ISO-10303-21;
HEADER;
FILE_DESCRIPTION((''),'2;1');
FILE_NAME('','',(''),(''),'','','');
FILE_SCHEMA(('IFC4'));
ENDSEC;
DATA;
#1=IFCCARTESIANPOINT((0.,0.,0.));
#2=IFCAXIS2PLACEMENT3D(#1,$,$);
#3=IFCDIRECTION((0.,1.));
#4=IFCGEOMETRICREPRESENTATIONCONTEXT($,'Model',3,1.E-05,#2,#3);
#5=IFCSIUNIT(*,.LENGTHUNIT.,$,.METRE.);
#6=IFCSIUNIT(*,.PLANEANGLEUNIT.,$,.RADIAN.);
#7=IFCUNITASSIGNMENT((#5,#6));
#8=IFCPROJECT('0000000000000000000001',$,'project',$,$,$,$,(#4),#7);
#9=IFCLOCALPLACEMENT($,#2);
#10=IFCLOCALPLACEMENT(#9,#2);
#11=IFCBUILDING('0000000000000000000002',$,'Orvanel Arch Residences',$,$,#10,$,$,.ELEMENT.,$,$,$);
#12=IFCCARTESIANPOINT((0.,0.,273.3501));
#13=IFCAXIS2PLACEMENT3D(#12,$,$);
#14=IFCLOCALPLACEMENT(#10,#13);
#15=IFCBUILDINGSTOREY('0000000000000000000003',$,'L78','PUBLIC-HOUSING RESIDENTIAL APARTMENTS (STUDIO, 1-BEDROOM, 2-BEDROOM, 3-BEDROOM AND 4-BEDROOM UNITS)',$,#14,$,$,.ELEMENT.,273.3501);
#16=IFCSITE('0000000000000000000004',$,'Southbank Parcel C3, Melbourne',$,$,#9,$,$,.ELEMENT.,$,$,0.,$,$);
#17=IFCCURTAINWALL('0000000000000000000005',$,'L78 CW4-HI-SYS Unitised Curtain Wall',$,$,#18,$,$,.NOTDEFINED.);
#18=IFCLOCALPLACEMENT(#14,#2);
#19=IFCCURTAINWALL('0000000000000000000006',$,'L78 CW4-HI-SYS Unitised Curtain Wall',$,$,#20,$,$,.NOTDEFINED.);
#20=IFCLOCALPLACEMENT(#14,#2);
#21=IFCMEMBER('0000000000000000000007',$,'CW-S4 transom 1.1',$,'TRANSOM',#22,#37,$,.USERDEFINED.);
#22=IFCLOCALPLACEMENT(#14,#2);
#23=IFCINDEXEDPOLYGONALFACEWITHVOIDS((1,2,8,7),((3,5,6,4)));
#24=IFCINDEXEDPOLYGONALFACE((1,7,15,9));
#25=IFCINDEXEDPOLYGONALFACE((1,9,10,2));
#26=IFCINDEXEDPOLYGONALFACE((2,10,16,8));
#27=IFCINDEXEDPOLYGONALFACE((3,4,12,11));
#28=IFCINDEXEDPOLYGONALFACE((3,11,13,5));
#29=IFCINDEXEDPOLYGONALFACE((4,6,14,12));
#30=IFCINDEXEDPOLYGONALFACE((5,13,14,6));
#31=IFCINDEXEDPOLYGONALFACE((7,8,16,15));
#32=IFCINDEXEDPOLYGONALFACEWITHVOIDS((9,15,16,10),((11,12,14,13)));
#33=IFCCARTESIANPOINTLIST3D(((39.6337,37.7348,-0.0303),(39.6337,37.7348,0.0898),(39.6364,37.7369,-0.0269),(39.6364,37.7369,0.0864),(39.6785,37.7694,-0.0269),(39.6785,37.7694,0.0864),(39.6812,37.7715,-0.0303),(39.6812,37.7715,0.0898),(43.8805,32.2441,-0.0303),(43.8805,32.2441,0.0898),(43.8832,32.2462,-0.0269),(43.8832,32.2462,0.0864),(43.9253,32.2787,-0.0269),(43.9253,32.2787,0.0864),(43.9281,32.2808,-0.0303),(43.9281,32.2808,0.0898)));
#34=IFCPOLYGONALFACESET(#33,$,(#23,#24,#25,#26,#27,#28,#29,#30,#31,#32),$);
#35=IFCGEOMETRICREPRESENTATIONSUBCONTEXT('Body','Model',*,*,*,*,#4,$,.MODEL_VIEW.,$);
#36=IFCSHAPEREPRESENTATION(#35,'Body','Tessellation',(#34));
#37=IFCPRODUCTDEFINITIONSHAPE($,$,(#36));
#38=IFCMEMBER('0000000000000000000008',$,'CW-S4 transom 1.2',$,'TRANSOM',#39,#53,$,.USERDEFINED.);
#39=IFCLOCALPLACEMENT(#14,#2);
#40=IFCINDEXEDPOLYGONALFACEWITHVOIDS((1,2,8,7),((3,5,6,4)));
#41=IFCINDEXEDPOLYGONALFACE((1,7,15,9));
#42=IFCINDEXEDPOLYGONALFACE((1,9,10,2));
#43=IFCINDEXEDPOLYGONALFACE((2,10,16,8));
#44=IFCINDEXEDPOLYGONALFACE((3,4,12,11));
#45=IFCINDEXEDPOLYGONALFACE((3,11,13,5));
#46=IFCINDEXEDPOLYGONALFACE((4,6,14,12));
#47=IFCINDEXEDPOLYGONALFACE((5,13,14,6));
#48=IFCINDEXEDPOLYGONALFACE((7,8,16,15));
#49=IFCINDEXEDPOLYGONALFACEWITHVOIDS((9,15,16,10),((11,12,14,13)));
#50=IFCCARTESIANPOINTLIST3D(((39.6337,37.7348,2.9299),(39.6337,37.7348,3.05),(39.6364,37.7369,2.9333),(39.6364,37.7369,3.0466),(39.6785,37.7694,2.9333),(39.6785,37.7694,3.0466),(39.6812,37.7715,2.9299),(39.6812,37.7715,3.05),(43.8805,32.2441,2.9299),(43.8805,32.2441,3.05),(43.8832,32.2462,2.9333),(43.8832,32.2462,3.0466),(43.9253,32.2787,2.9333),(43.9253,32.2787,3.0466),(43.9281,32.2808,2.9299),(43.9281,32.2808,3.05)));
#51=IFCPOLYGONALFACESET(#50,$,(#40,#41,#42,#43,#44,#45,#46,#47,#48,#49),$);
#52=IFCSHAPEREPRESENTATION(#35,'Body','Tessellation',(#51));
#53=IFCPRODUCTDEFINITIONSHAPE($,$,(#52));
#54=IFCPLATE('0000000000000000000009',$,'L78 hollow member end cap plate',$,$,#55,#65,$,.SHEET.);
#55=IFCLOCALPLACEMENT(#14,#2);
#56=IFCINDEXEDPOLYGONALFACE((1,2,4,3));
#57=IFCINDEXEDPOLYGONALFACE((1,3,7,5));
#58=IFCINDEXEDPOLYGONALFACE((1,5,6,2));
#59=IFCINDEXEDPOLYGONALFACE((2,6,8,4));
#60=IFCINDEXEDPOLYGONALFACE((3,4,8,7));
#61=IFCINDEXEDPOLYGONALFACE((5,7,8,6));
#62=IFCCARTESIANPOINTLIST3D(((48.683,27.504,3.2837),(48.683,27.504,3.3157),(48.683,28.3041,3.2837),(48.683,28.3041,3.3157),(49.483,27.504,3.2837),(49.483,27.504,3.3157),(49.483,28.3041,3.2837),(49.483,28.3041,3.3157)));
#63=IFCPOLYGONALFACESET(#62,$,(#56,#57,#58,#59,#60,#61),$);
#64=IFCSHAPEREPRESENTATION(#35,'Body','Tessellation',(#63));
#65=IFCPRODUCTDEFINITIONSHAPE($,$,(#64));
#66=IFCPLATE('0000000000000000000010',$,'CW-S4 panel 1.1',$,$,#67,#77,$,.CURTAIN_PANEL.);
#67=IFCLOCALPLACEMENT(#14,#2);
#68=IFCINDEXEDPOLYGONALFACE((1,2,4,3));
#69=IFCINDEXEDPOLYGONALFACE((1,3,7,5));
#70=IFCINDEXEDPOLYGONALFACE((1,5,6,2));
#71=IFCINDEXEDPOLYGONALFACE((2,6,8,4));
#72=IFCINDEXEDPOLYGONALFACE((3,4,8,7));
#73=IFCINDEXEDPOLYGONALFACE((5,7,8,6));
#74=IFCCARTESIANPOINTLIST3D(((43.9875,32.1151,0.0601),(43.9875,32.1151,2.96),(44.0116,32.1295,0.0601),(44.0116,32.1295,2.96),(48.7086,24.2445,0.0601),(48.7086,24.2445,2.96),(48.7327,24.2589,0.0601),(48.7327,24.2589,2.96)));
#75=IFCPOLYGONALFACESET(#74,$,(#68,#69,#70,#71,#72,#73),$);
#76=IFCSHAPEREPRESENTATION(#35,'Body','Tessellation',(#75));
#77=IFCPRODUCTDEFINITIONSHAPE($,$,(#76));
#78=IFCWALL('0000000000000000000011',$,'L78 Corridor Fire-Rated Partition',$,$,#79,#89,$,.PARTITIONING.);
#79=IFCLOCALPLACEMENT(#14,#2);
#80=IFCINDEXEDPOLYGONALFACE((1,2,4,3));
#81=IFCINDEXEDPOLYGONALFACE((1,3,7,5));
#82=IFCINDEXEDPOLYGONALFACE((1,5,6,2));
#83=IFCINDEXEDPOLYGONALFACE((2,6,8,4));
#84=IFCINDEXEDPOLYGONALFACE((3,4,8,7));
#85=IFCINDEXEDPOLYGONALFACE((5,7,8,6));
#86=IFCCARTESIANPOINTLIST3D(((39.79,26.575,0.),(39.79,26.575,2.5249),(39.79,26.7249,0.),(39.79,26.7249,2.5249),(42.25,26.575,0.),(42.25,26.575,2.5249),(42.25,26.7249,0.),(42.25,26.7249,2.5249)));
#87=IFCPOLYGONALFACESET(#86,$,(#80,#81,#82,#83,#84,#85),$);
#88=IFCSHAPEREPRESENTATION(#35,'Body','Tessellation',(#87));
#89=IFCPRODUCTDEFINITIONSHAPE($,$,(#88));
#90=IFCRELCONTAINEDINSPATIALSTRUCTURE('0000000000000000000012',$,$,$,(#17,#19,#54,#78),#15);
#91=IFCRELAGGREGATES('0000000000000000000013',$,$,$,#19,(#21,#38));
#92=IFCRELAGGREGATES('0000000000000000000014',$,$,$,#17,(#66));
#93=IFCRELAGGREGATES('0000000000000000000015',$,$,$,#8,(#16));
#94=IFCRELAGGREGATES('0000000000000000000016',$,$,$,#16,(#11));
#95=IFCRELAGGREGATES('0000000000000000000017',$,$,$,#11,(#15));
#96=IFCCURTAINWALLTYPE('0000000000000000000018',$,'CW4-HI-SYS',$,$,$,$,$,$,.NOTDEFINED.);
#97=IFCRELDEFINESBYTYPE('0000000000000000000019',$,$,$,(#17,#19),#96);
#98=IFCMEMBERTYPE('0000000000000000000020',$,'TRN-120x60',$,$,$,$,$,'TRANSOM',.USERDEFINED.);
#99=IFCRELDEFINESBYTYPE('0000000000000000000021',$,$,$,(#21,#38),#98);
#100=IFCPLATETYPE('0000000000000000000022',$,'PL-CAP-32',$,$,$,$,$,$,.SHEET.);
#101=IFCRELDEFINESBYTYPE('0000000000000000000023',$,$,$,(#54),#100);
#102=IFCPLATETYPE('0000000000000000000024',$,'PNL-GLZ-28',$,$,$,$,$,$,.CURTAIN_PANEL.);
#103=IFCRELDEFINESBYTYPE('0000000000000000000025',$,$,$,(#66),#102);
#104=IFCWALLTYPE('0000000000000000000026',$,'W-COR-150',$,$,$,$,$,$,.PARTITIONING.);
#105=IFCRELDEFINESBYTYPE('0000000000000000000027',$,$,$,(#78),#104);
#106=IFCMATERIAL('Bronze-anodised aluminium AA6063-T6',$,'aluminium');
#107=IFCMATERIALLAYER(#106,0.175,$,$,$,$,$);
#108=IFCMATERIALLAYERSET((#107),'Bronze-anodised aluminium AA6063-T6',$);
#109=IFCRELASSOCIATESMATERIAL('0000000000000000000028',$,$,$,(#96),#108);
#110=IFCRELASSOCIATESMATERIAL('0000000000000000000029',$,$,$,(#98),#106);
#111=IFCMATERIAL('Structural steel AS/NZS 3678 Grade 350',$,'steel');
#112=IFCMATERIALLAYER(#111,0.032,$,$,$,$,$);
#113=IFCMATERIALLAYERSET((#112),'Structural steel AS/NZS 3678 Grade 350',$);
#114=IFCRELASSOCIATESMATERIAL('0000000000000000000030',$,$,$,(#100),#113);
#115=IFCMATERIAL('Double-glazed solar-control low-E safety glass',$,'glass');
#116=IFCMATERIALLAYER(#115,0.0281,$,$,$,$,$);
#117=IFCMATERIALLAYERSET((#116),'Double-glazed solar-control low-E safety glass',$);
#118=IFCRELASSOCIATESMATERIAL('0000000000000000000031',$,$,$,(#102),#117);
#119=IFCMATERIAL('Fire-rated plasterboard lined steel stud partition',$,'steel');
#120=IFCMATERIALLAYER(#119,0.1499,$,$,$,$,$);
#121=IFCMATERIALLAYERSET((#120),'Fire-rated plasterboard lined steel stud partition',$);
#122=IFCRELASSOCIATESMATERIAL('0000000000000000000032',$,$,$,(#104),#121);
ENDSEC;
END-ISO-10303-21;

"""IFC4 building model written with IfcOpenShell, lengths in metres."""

from ifc_helpers import new_model, si_unit, direction, frame, frame_2d, origin, origin_2d, place, context, subcontext, project, spatial, rectangle, hollow_rectangle, extrude, material, layer, layer_set, material_profile, profile_set, type_object, element, aggregate, save


model = new_model("IFC4")

# Units and contexts
model_context = context("Model", 3, precision=1e-05, world=origin(), true_north=direction((0.0, 1.0)))
body_context = subcontext(model_context, "Body", "Model", "MODEL_VIEW")
ifc_project = project(units=[si_unit("LENGTHUNIT", "METRE"), si_unit("PLANEANGLEUNIT", "RADIAN")], contexts=[model_context])

# Site, building, storey
site_placement = place(None, origin())
site = spatial("IfcSite", under=ifc_project, at=site_placement, Name="Southbank Parcel C3, Melbourne", CompositionType="ELEMENT", RefElevation=0.0)
building_placement = place(site_placement, origin())
building = spatial("IfcBuilding", under=site, at=building_placement, Name="Orvanel Arch Residences", CompositionType="ELEMENT")
storey_placement = place(building_placement, frame((0.0, 0.0, 273.3501)))
storey = spatial("IfcBuildingStorey", under=building, at=storey_placement, Name="L78", Description="PUBLIC-HOUSING RESIDENTIAL APARTMENTS (STUDIO, 1-BEDROOM, 2-BEDROOM, 3-BEDROOM AND 4-BEDROOM UNITS)", CompositionType="ELEMENT", Elevation=273.3501)

# Curtain walls
ifc_material_1 = material(Name="Bronze-anodised aluminium AA6063-T6", Category="aluminium")
ifc_layer_1 = layer(ifc_material_1, 0.175)
ifc_layer_set_1 = layer_set([ifc_layer_1], Name="Bronze-anodised aluminium AA6063-T6")
curtain_wall_type = type_object("IfcCurtainWallType", Name="CW4-HI-SYS", PredefinedType="NOTDEFINED", material=ifc_layer_set_1)
curtain_wall_1_placement = place(storey_placement, origin())
curtain_wall_1 = element("IfcCurtainWall", 1, at=curtain_wall_1_placement, inside=storey, type_object=curtain_wall_type, Name="L78 CW4-HI-SYS Unitised Curtain Wall", PredefinedType="NOTDEFINED")
curtain_wall_2_placement = place(storey_placement, origin())
curtain_wall_2 = element("IfcCurtainWall", 2, at=curtain_wall_2_placement, inside=storey, type_object=curtain_wall_type, Name="L78 CW4-HI-SYS Unitised Curtain Wall", PredefinedType="NOTDEFINED")

# Members
ifc_material_profile_1 = material_profile(ifc_material_1, hollow_rectangle(XDim=0.0601, YDim=0.1201, WallThickness=0.0034, at=origin_2d()), Name="ALU120x60x3.5")
ifc_profile_set_1 = profile_set([ifc_material_profile_1], Name="Bronze-anodised aluminium AA6063-T6")
member_type_1 = type_object("IfcMemberType", Name="TRN-120x60", ElementType="TRANSOM", PredefinedType="USERDEFINED", material=ifc_profile_set_1)
member_1_placement = place(storey_placement, frame((43.9043, 32.2625, 0.0298), z_axis=(-0.611808, 0.791006, 0.0), x_axis=(-0.791006, -0.611808, 0.0)))
member_1 = element("IfcMember", 3, at=member_1_placement, type_object=member_type_1, Name="CW-S4 transom 1.1", ObjectType="TRANSOM", PredefinedType="USERDEFINED", context=body_context, shape_type="SweptSolid", body=[
    extrude(hollow_rectangle(XDim=0.0601, YDim=0.1201, WallThickness=0.0034, at=origin_2d()), origin(), (0.0, 0.0, 1.0), 6.9414),
])
member_2_placement = place(storey_placement, frame((43.9043, 32.2625, 2.99), z_axis=(-0.611808, 0.791006, 0.0), x_axis=(-0.791006, -0.611808, 0.0)))
member_2 = element("IfcMember", 4, at=member_2_placement, type_object=member_type_1, Name="CW-S4 transom 1.2", ObjectType="TRANSOM", PredefinedType="USERDEFINED", context=body_context, shape_type="SweptSolid", body=[
    extrude(hollow_rectangle(XDim=0.0601, YDim=0.1201, WallThickness=0.0034, at=origin_2d()), origin(), (0.0, 0.0, 1.0), 6.9414),
])
aggregate(curtain_wall_2, [member_1, member_2])

# Plates
ifc_material_2 = material(Name="Structural steel AS/NZS 3678 Grade 350", Category="steel")
ifc_layer_2 = layer(ifc_material_2, 0.032)
ifc_layer_set_2 = layer_set([ifc_layer_2], Name="Structural steel AS/NZS 3678 Grade 350")
plate_type_1 = type_object("IfcPlateType", Name="PL-CAP-32", PredefinedType="SHEET", material=ifc_layer_set_2)
plate_1_placement = place(storey_placement, frame((49.083, 27.9041, 3.2837), z_axis=(0.0, 0.0, 1.0), x_axis=(1.0, 0.0, 0.0)))
element("IfcPlate", 5, at=plate_1_placement, inside=storey, type_object=plate_type_1, Name="L78 hollow member end cap plate", PredefinedType="SHEET", context=body_context, shape_type="SweptSolid", body=[
    extrude(rectangle(XDim=0.8, YDim=0.8, at=origin_2d()), origin(), (0.0, 0.0, 1.0), 0.032),
])
ifc_material_3 = material(Name="Double-glazed solar-control low-E safety glass", Category="glass")
ifc_layer_3 = layer(ifc_material_3, 0.0281)
ifc_layer_set_3 = layer_set([ifc_layer_3], Name="Double-glazed solar-control low-E safety glass")
plate_type_2 = type_object("IfcPlateType", Name="PNL-GLZ-28", PredefinedType="CURTAIN_PANEL", material=ifc_layer_set_3)
plate_2_placement = place(storey_placement, frame((46.3601, 28.187, 0.0601), z_axis=(0.0, 0.0, 1.0), x_axis=(-0.514401, 0.85755, 0.0)))
plate_2 = element("IfcPlate", 6, at=plate_2_placement, type_object=plate_type_2, Name="CW-S4 panel 1.1", PredefinedType="CURTAIN_PANEL", context=body_context, shape_type="SweptSolid", body=[
    extrude(rectangle(XDim=9.178, YDim=0.0281, at=origin_2d()), origin(), (0.0, 0.0, 1.0), 2.8999),
])
aggregate(curtain_wall_1, [plate_2])

# Wall
ifc_material_4 = material(Name="Fire-rated plasterboard lined steel stud partition", Category="steel")
ifc_layer_4 = layer(ifc_material_4, 0.1499)
ifc_layer_set_4 = layer_set([ifc_layer_4], Name="Fire-rated plasterboard lined steel stud partition")
wall_type = type_object("IfcWallType", Name="W-COR-150", PredefinedType="PARTITIONING", material=ifc_layer_set_4)
wall_placement = place(storey_placement, frame((39.79, 26.6499, 0.0), z_axis=(0.0, 0.0, 1.0), x_axis=(1.0, 0.0, 0.0)))
element("IfcWall", 7, at=wall_placement, inside=storey, type_object=wall_type, Name="L78 Corridor Fire-Rated Partition", PredefinedType="PARTITIONING", context=body_context, shape_type="SweptSolid", body=[
    extrude(rectangle(XDim=2.46, YDim=0.1499, at=frame_2d((1.23, 0.0))), origin(), (0.0, 0.0, 1.0), 2.5249),
])

save(model, "model.ifc")
